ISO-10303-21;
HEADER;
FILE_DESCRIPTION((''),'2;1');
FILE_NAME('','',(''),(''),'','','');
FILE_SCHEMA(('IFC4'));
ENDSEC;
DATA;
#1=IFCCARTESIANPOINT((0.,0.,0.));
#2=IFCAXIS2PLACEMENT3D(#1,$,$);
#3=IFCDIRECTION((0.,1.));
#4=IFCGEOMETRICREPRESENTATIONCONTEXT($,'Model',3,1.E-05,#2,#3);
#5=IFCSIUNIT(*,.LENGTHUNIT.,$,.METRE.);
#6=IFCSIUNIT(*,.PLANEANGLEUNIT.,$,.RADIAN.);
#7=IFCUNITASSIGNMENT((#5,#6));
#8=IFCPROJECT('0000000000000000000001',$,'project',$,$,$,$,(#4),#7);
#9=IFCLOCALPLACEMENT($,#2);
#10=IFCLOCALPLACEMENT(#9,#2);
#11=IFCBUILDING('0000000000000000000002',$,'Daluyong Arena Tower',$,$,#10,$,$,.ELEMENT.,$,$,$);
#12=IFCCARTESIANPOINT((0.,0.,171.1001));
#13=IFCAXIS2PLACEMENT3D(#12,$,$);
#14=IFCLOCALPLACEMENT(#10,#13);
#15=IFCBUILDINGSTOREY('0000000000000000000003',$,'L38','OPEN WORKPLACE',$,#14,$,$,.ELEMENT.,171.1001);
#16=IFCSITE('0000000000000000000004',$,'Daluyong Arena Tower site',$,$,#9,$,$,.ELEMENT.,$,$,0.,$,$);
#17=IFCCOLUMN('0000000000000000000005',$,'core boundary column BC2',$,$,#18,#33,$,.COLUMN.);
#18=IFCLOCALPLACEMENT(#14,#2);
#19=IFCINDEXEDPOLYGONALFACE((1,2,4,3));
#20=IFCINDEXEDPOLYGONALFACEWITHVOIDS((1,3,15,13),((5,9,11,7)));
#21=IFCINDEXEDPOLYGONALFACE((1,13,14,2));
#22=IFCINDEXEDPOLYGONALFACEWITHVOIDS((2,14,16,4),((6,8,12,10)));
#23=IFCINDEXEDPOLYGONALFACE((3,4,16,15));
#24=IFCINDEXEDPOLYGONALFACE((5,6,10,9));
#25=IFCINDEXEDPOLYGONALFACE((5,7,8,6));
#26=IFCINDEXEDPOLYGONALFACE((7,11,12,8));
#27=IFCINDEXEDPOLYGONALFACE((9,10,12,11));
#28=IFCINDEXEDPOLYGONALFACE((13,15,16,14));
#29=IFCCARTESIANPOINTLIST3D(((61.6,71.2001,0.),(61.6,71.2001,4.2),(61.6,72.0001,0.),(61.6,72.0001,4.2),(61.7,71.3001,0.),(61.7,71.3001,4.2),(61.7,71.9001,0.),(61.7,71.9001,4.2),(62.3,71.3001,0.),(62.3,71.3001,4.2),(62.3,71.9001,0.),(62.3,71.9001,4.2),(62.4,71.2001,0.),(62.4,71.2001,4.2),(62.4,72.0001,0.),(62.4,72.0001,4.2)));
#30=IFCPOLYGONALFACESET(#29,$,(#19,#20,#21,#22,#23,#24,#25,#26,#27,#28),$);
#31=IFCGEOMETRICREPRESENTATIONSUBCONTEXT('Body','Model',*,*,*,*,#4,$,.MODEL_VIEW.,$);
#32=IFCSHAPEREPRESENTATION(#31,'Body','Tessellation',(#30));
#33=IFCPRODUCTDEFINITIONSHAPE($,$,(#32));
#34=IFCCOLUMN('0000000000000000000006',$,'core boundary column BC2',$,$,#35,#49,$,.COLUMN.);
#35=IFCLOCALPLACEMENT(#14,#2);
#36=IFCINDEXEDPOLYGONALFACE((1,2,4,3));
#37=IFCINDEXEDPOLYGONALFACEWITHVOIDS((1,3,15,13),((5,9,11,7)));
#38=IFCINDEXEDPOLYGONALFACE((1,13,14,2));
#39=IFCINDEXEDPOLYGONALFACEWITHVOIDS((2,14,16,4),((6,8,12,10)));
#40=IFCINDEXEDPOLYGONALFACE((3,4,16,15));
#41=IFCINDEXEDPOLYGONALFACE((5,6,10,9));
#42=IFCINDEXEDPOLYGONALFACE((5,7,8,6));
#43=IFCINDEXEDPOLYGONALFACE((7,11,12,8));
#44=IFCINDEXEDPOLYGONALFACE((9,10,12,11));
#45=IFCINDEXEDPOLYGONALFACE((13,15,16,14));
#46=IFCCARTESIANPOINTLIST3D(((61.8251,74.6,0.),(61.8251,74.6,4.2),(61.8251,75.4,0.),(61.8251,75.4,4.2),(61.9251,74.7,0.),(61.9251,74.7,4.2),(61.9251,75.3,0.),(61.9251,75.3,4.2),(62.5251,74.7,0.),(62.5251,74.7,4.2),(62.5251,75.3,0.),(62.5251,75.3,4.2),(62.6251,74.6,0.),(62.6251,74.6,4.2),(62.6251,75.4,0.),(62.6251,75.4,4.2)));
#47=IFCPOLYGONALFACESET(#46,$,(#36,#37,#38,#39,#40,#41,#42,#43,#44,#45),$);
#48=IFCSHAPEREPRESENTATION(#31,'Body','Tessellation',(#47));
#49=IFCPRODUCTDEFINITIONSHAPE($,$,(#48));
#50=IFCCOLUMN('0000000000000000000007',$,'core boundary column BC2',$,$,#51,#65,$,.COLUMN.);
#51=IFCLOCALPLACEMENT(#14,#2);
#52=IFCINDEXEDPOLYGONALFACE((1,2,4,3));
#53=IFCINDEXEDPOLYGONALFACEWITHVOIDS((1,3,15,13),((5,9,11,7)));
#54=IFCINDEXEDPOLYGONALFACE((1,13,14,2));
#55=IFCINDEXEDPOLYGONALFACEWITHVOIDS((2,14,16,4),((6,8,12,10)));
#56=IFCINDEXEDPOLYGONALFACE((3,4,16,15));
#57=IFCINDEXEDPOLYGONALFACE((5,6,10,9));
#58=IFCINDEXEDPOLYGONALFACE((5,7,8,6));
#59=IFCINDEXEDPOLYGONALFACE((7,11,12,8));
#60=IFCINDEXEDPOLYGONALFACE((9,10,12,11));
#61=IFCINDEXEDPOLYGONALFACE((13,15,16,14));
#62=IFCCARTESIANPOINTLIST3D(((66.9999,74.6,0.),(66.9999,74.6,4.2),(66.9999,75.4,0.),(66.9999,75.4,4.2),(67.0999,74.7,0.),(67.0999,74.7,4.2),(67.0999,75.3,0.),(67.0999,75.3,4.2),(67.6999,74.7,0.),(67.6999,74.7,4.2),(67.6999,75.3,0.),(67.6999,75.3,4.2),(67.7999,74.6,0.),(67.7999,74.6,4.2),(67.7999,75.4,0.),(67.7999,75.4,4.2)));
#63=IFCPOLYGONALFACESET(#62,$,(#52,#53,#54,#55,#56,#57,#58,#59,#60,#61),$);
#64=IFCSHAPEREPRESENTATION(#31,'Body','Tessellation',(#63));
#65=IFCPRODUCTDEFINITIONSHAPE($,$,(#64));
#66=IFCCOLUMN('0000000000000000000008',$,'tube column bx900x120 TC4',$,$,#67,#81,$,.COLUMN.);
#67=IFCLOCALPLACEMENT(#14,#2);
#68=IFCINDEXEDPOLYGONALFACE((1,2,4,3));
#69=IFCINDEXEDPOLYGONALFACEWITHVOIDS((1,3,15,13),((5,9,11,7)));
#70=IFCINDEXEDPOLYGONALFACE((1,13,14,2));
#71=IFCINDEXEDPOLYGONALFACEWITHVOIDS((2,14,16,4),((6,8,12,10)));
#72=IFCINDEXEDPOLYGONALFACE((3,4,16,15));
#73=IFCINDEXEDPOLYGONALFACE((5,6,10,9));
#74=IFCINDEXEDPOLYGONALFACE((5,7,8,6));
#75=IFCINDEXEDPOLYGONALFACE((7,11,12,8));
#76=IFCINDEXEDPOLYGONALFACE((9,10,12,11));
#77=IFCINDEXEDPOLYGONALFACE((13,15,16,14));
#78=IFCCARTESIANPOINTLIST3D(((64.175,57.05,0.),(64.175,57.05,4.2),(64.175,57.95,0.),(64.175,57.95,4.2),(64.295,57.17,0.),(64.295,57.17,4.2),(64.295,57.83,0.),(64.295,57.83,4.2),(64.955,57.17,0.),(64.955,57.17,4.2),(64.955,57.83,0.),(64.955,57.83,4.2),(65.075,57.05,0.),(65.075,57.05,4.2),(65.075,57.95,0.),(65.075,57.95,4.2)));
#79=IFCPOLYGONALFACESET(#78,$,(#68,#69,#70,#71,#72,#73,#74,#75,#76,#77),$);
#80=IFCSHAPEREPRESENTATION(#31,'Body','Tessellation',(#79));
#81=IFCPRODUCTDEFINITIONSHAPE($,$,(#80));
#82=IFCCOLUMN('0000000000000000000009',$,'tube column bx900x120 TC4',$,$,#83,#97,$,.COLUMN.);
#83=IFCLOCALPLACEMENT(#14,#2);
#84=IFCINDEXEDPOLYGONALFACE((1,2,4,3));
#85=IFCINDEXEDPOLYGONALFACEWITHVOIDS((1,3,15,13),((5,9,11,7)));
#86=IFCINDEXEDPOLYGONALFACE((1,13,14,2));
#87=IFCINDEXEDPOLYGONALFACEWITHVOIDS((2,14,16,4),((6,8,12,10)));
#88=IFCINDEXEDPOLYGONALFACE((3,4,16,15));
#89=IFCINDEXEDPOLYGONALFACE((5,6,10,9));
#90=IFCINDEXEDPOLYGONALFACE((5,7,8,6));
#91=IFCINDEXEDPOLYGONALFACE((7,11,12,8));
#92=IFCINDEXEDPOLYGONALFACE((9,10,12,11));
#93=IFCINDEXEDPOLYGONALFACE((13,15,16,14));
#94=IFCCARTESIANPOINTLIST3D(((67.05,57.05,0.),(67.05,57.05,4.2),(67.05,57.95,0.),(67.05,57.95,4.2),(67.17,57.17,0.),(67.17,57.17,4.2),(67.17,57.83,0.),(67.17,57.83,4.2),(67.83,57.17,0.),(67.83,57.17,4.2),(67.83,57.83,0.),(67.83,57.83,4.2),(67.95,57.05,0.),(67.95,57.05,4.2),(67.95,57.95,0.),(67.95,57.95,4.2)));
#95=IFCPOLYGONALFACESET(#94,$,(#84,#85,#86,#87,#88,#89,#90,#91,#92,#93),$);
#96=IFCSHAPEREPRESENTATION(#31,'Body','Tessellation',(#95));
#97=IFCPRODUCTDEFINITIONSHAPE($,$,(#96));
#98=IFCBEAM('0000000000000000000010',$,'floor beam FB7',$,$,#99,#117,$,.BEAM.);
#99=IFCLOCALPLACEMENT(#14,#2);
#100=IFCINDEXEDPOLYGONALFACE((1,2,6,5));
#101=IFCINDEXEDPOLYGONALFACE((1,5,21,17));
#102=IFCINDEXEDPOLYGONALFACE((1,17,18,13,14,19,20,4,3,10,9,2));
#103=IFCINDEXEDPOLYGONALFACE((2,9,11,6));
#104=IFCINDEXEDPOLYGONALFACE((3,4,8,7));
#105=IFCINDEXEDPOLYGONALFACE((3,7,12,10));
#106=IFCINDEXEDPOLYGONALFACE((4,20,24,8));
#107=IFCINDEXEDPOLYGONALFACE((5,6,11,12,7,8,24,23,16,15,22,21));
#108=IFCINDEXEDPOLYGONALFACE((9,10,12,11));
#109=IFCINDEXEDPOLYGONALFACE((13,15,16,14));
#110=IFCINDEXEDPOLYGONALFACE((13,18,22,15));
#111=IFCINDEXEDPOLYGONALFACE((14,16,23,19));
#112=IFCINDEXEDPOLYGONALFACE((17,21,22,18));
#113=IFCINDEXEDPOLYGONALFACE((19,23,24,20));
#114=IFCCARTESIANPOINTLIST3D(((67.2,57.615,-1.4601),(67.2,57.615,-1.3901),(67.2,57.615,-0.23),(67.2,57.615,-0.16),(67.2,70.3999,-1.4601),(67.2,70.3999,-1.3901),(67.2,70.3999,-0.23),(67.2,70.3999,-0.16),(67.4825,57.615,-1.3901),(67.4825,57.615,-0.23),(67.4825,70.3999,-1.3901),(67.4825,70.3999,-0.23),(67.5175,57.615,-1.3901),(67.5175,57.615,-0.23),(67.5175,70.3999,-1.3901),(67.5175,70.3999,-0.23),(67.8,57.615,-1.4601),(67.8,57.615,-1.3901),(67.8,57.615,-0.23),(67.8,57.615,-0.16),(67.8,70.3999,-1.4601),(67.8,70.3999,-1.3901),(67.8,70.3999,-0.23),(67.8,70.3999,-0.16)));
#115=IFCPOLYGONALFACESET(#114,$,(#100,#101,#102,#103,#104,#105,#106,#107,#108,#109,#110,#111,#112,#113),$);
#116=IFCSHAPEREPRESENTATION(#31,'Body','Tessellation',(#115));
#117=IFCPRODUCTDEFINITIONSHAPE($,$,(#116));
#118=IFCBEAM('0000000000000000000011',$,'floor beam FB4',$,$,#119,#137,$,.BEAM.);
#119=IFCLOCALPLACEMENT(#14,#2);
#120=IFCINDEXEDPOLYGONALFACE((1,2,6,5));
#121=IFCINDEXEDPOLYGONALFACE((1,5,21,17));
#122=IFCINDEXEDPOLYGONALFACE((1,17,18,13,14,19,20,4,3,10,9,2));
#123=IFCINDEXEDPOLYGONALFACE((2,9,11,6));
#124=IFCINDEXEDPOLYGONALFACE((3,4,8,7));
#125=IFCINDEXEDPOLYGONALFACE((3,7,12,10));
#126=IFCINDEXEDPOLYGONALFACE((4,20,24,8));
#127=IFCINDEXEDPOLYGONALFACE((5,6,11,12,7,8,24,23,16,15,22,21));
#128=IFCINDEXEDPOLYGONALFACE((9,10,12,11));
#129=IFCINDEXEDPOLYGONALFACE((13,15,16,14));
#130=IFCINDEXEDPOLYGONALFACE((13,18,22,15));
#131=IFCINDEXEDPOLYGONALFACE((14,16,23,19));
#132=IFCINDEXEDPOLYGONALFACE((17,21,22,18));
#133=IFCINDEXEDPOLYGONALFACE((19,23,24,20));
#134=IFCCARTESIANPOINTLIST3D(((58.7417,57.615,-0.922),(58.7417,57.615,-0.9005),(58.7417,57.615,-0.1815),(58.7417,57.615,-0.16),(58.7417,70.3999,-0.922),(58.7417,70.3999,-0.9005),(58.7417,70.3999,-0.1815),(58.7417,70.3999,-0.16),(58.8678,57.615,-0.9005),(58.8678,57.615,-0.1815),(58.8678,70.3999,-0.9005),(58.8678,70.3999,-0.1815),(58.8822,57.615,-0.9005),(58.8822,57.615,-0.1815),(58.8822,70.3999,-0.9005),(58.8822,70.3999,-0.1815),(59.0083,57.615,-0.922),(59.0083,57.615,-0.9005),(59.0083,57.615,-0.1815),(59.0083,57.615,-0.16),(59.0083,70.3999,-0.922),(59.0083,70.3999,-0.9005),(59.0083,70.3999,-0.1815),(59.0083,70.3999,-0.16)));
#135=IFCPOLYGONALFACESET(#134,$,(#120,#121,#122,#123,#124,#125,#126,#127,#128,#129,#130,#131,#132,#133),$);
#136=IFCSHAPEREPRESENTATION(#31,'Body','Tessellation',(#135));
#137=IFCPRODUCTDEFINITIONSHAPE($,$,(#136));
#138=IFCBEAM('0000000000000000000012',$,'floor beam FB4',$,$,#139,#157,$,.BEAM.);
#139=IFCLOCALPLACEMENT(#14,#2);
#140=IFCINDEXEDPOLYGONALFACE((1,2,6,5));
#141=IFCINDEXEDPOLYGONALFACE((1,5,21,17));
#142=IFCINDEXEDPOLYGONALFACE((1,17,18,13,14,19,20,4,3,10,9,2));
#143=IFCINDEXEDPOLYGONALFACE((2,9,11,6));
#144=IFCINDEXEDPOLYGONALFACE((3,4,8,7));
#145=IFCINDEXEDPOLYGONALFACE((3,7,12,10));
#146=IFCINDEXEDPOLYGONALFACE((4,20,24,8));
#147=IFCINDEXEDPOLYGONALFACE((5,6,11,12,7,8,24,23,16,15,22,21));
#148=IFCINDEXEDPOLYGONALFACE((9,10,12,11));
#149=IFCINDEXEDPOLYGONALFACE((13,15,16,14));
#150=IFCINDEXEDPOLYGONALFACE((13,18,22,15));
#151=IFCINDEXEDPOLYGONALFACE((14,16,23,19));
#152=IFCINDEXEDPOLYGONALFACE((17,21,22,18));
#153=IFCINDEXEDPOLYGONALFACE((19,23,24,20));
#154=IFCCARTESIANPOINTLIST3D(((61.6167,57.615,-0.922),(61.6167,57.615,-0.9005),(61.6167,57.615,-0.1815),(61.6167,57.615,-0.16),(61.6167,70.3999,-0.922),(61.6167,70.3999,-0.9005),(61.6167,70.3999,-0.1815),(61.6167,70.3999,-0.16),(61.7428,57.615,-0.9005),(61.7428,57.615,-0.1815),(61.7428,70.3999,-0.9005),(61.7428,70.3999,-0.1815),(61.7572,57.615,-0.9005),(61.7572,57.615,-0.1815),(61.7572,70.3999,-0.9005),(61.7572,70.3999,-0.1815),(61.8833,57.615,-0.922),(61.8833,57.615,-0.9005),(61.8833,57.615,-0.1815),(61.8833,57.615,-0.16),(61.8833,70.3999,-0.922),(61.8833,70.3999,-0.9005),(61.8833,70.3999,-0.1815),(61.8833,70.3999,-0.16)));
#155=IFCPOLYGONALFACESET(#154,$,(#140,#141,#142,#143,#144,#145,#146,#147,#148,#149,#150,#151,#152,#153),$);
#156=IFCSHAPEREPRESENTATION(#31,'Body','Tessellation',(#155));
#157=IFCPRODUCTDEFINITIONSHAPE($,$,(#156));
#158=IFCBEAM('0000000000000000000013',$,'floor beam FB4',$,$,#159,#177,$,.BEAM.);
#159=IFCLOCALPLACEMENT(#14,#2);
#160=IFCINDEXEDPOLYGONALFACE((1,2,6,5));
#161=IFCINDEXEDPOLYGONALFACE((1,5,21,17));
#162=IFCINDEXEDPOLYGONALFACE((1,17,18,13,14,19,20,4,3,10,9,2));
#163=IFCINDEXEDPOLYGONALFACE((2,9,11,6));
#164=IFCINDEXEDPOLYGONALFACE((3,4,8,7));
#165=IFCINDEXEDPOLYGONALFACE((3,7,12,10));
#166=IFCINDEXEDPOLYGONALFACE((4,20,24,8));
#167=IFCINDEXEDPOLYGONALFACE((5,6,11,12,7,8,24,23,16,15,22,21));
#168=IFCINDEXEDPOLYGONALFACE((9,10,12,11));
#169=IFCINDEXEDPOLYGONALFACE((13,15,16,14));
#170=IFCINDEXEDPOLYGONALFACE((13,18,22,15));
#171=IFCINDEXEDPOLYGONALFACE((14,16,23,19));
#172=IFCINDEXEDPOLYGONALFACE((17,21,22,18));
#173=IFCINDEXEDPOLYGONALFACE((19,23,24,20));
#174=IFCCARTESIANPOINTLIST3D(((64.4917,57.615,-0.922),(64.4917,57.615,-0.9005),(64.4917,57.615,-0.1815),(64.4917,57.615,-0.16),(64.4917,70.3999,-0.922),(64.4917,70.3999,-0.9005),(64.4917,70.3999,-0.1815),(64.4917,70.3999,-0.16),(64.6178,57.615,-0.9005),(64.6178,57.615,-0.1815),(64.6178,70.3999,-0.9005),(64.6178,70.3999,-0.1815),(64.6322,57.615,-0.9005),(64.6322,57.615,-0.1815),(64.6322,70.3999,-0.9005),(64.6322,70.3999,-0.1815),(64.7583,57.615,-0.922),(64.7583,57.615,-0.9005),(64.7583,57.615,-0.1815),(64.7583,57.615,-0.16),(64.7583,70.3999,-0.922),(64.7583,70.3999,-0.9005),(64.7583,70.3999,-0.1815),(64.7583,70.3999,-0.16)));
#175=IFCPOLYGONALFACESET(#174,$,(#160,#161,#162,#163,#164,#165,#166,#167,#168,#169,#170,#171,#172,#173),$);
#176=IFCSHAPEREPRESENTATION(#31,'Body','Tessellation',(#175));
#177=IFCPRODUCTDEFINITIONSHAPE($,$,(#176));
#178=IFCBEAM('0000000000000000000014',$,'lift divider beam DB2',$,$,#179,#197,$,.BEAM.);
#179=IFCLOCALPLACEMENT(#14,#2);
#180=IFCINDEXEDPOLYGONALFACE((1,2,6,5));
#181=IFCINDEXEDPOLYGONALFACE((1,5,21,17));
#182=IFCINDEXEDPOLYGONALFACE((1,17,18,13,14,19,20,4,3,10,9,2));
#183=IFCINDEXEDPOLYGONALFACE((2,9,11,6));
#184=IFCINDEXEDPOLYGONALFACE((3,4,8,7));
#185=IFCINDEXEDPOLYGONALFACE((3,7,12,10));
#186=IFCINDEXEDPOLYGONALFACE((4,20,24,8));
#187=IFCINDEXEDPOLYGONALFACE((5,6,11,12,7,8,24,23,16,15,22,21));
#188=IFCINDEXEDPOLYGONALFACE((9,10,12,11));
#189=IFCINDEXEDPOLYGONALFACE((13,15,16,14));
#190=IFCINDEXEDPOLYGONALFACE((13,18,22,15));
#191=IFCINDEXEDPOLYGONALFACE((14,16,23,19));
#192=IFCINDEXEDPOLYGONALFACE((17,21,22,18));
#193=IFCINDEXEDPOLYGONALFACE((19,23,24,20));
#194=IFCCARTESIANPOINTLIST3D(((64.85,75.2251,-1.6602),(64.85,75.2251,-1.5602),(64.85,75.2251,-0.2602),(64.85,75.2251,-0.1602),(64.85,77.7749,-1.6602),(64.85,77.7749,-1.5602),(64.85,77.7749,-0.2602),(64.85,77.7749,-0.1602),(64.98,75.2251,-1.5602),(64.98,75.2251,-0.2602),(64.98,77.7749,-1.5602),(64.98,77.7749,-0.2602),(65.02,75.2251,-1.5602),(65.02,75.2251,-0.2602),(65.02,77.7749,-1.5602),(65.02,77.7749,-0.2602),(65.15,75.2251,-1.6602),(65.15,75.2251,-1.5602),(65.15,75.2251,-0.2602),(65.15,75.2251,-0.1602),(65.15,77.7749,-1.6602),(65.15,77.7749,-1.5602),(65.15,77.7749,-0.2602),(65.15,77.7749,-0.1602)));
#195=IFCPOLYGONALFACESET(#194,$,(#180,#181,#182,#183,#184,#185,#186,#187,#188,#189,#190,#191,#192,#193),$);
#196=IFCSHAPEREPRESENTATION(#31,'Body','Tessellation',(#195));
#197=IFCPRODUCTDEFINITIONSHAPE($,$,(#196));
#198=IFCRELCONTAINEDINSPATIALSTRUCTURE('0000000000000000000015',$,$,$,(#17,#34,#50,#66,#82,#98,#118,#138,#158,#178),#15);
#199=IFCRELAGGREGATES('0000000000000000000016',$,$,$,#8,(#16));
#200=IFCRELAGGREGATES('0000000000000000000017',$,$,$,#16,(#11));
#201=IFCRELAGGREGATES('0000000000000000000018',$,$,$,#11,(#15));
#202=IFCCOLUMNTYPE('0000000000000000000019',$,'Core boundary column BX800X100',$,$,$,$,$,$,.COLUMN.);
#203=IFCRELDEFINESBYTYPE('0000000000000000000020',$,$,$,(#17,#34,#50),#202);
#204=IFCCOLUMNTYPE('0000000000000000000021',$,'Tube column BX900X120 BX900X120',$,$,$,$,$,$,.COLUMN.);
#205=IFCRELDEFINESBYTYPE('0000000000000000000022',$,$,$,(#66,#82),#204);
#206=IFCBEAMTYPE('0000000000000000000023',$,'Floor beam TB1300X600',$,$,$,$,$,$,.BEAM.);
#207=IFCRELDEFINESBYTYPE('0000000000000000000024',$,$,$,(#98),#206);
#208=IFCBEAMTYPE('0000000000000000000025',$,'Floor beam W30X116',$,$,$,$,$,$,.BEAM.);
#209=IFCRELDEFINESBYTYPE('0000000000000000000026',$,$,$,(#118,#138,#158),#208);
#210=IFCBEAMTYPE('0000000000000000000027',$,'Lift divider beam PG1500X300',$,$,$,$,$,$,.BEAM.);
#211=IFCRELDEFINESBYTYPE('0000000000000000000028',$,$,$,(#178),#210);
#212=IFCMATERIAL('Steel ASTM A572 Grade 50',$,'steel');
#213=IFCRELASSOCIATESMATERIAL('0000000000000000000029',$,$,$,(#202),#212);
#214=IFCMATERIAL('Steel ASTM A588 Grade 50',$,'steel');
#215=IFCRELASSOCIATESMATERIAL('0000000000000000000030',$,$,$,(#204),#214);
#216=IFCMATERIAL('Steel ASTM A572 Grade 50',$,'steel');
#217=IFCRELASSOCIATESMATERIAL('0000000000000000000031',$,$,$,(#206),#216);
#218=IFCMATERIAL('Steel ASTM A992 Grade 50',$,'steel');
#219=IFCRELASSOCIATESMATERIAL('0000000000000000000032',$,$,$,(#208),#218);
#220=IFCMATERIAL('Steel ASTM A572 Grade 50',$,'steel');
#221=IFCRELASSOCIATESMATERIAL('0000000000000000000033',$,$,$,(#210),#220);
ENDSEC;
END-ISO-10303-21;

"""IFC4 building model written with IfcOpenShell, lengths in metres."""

from ifc_helpers import new_model, si_unit, direction, frame, origin, origin_2d, place, context, subcontext, project, spatial, hollow_rectangle, i_section, extrude, material, material_profile, profile_set, type_object, element, save


model = new_model("IFC4")

# Units and contexts
model_context = context("Model", 3, precision=1e-05, world=origin(), true_north=direction((0.0, 1.0)))
body_context = subcontext(model_context, "Body", "Model", "MODEL_VIEW")
ifc_project = project(units=[si_unit("LENGTHUNIT", "METRE"), si_unit("PLANEANGLEUNIT", "RADIAN")], contexts=[model_context])

# Site, building, storey
site_placement = place(None, origin())
site = spatial("IfcSite", under=ifc_project, at=site_placement, Name="Daluyong Arena Tower site", CompositionType="ELEMENT", RefElevation=0.0)
building_placement = place(site_placement, origin())
building = spatial("IfcBuilding", under=site, at=building_placement, Name="Daluyong Arena Tower", CompositionType="ELEMENT")
storey_placement = place(building_placement, frame((0.0, 0.0, 171.1001)))
storey = spatial("IfcBuildingStorey", under=building, at=storey_placement, Name="L38", Description="OPEN WORKPLACE", CompositionType="ELEMENT", Elevation=171.1001)

# Columns
ifc_material_1 = material(Name="Steel ASTM A572 Grade 50", Category="steel")
ifc_material_profile_1 = material_profile(ifc_material_1, hollow_rectangle(XDim=0.8, YDim=0.8, WallThickness=0.1, at=origin_2d()))
ifc_profile_set_1 = profile_set([ifc_material_profile_1], Name="Steel ASTM A572 Grade 50")
column_type_1 = type_object("IfcColumnType", Name="Core boundary column BX800X100", PredefinedType="COLUMN", material=ifc_profile_set_1)
for number, where, z_axis, x_axis, name in (
    (1, (62.0, 71.6001, 0.0), (0.0, 0.0, 1.0), (1.0, 0.0, 0.0), "core boundary column BC2"),
    (2, (62.2251, 75.0, 0.0), (0.0, 0.0, 1.0), (1.0, 0.0, 0.0), "core boundary column BC2"),
    (3, (67.3999, 75.0, 0.0), (0.0, 0.0, 1.0), (1.0, 0.0, 0.0), "core boundary column BC2"),
):
    element("IfcColumn", number, at=place(storey_placement, frame(where, z_axis=z_axis, x_axis=x_axis)), inside=storey, type_object=column_type_1, Name=name, PredefinedType="COLUMN", context=body_context, shape_type="SweptSolid", body=[
        extrude(hollow_rectangle(XDim=0.8, YDim=0.8, WallThickness=0.1, at=origin_2d()), origin(), (0.0, 0.0, 1.0), 4.2),
    ])
ifc_material_2 = material(Name="Steel ASTM A588 Grade 50", Category="steel")
ifc_material_profile_2 = material_profile(ifc_material_2, hollow_rectangle(XDim=0.8999, YDim=0.8999, WallThickness=0.12, at=origin_2d()))
ifc_profile_set_2 = profile_set([ifc_material_profile_2], Name="Steel ASTM A588 Grade 50")
column_type_2 = type_object("IfcColumnType", Name="Tube column BX900X120 BX900X120", PredefinedType="COLUMN", material=ifc_profile_set_2)
for number, where, z_axis, x_axis, name in (
    (4, (64.625, 57.5, 0.0), (0.0, 0.0, 1.0), (1.0, 0.0, 0.0), "tube column bx900x120 TC4"),
    (5, (67.5, 57.5, 0.0), (0.0, 0.0, 1.0), (1.0, 0.0, 0.0), "tube column bx900x120 TC4"),
):
    element("IfcColumn", number, at=place(storey_placement, frame(where, z_axis=z_axis, x_axis=x_axis)), inside=storey, type_object=column_type_2, Name=name, PredefinedType="COLUMN", context=body_context, shape_type="SweptSolid", body=[
        extrude(hollow_rectangle(XDim=0.8999, YDim=0.8999, WallThickness=0.12, at=origin_2d()), origin(), (0.0, 0.0, 1.0), 4.2),
    ])

# Beams
ifc_material_3 = material(Name="Steel ASTM A572 Grade 50", Category="steel")
ifc_material_profile_3 = material_profile(ifc_material_3, i_section(OverallWidth=0.6001, OverallDepth=1.3, WebThickness=0.035, FlangeThickness=0.07, at=origin_2d()))
ifc_profile_set_3 = profile_set([ifc_material_profile_3], Name="Steel ASTM A572 Grade 50")
beam_type_1 = type_object("IfcBeamType", Name="Floor beam TB1300X600", PredefinedType="BEAM", material=ifc_profile_set_3)
beam_1_placement = place(storey_placement, frame((67.5, 57.615, -0.8101), z_axis=(0.0, 1.0, 0.0), x_axis=(-1.0, 0.0, 0.0)))
element("IfcBeam", 6, at=beam_1_placement, inside=storey, type_object=beam_type_1, Name="floor beam FB7", PredefinedType="BEAM", context=body_context, shape_type="SweptSolid", body=[
    extrude(i_section(OverallWidth=0.6001, OverallDepth=1.3, WebThickness=0.035, FlangeThickness=0.07, at=origin_2d()), origin(), (0.0, 0.0, 1.0), 12.7849),
])
ifc_material_4 = material(Name="Steel ASTM A992 Grade 50", Category="steel")
ifc_material_profile_4 = material_profile(ifc_material_4, i_section(OverallWidth=0.2666, OverallDepth=0.762, WebThickness=0.0144, FlangeThickness=0.0215, at=origin_2d()))
ifc_profile_set_4 = profile_set([ifc_material_profile_4], Name="Steel ASTM A992 Grade 50")
beam_type_2 = type_object("IfcBeamType", Name="Floor beam W30X116", PredefinedType="BEAM", material=ifc_profile_set_4)
for number, where, z_axis, x_axis, name in (
    (7, (58.875, 57.615, -0.541), (0.0, 1.0, 0.0), (-1.0, 0.0, 0.0), "floor beam FB4"),
    (8, (61.75, 57.615, -0.541), (0.0, 1.0, 0.0), (-1.0, 0.0, 0.0), "floor beam FB4"),
    (9, (64.625, 57.615, -0.541), (0.0, 1.0, 0.0), (-1.0, 0.0, 0.0), "floor beam FB4"),
):
    element("IfcBeam", number, at=place(storey_placement, frame(where, z_axis=z_axis, x_axis=x_axis)), inside=storey, type_object=beam_type_2, Name=name, PredefinedType="BEAM", context=body_context, shape_type="SweptSolid", body=[
        extrude(i_section(OverallWidth=0.2666, OverallDepth=0.762, WebThickness=0.0144, FlangeThickness=0.0215, at=origin_2d()), origin(), (0.0, 0.0, 1.0), 12.7849),
    ])
ifc_material_5 = material(Name="Steel ASTM A572 Grade 50", Category="steel")
ifc_material_profile_5 = material_profile(ifc_material_5, i_section(OverallWidth=0.3, OverallDepth=1.5, WebThickness=0.04, FlangeThickness=0.1, at=origin_2d()))
ifc_profile_set_5 = profile_set([ifc_material_profile_5], Name="Steel ASTM A572 Grade 50")
beam_type_3 = type_object("IfcBeamType", Name="Lift divider beam PG1500X300", PredefinedType="BEAM", material=ifc_profile_set_5)
beam_2_placement = place(storey_placement, frame((65.0, 75.2251, -0.9102), z_axis=(0.0, 1.0, 0.0), x_axis=(-1.0, 0.0, 0.0)))
element("IfcBeam", 10, at=beam_2_placement, inside=storey, type_object=beam_type_3, Name="lift divider beam DB2", PredefinedType="BEAM", context=body_context, shape_type="SweptSolid", body=[
    extrude(i_section(OverallWidth=0.3, OverallDepth=1.5, WebThickness=0.04, FlangeThickness=0.1, at=origin_2d()), origin(), (0.0, 0.0, 1.0), 2.5498),
])

save(model, "model.ifc")
